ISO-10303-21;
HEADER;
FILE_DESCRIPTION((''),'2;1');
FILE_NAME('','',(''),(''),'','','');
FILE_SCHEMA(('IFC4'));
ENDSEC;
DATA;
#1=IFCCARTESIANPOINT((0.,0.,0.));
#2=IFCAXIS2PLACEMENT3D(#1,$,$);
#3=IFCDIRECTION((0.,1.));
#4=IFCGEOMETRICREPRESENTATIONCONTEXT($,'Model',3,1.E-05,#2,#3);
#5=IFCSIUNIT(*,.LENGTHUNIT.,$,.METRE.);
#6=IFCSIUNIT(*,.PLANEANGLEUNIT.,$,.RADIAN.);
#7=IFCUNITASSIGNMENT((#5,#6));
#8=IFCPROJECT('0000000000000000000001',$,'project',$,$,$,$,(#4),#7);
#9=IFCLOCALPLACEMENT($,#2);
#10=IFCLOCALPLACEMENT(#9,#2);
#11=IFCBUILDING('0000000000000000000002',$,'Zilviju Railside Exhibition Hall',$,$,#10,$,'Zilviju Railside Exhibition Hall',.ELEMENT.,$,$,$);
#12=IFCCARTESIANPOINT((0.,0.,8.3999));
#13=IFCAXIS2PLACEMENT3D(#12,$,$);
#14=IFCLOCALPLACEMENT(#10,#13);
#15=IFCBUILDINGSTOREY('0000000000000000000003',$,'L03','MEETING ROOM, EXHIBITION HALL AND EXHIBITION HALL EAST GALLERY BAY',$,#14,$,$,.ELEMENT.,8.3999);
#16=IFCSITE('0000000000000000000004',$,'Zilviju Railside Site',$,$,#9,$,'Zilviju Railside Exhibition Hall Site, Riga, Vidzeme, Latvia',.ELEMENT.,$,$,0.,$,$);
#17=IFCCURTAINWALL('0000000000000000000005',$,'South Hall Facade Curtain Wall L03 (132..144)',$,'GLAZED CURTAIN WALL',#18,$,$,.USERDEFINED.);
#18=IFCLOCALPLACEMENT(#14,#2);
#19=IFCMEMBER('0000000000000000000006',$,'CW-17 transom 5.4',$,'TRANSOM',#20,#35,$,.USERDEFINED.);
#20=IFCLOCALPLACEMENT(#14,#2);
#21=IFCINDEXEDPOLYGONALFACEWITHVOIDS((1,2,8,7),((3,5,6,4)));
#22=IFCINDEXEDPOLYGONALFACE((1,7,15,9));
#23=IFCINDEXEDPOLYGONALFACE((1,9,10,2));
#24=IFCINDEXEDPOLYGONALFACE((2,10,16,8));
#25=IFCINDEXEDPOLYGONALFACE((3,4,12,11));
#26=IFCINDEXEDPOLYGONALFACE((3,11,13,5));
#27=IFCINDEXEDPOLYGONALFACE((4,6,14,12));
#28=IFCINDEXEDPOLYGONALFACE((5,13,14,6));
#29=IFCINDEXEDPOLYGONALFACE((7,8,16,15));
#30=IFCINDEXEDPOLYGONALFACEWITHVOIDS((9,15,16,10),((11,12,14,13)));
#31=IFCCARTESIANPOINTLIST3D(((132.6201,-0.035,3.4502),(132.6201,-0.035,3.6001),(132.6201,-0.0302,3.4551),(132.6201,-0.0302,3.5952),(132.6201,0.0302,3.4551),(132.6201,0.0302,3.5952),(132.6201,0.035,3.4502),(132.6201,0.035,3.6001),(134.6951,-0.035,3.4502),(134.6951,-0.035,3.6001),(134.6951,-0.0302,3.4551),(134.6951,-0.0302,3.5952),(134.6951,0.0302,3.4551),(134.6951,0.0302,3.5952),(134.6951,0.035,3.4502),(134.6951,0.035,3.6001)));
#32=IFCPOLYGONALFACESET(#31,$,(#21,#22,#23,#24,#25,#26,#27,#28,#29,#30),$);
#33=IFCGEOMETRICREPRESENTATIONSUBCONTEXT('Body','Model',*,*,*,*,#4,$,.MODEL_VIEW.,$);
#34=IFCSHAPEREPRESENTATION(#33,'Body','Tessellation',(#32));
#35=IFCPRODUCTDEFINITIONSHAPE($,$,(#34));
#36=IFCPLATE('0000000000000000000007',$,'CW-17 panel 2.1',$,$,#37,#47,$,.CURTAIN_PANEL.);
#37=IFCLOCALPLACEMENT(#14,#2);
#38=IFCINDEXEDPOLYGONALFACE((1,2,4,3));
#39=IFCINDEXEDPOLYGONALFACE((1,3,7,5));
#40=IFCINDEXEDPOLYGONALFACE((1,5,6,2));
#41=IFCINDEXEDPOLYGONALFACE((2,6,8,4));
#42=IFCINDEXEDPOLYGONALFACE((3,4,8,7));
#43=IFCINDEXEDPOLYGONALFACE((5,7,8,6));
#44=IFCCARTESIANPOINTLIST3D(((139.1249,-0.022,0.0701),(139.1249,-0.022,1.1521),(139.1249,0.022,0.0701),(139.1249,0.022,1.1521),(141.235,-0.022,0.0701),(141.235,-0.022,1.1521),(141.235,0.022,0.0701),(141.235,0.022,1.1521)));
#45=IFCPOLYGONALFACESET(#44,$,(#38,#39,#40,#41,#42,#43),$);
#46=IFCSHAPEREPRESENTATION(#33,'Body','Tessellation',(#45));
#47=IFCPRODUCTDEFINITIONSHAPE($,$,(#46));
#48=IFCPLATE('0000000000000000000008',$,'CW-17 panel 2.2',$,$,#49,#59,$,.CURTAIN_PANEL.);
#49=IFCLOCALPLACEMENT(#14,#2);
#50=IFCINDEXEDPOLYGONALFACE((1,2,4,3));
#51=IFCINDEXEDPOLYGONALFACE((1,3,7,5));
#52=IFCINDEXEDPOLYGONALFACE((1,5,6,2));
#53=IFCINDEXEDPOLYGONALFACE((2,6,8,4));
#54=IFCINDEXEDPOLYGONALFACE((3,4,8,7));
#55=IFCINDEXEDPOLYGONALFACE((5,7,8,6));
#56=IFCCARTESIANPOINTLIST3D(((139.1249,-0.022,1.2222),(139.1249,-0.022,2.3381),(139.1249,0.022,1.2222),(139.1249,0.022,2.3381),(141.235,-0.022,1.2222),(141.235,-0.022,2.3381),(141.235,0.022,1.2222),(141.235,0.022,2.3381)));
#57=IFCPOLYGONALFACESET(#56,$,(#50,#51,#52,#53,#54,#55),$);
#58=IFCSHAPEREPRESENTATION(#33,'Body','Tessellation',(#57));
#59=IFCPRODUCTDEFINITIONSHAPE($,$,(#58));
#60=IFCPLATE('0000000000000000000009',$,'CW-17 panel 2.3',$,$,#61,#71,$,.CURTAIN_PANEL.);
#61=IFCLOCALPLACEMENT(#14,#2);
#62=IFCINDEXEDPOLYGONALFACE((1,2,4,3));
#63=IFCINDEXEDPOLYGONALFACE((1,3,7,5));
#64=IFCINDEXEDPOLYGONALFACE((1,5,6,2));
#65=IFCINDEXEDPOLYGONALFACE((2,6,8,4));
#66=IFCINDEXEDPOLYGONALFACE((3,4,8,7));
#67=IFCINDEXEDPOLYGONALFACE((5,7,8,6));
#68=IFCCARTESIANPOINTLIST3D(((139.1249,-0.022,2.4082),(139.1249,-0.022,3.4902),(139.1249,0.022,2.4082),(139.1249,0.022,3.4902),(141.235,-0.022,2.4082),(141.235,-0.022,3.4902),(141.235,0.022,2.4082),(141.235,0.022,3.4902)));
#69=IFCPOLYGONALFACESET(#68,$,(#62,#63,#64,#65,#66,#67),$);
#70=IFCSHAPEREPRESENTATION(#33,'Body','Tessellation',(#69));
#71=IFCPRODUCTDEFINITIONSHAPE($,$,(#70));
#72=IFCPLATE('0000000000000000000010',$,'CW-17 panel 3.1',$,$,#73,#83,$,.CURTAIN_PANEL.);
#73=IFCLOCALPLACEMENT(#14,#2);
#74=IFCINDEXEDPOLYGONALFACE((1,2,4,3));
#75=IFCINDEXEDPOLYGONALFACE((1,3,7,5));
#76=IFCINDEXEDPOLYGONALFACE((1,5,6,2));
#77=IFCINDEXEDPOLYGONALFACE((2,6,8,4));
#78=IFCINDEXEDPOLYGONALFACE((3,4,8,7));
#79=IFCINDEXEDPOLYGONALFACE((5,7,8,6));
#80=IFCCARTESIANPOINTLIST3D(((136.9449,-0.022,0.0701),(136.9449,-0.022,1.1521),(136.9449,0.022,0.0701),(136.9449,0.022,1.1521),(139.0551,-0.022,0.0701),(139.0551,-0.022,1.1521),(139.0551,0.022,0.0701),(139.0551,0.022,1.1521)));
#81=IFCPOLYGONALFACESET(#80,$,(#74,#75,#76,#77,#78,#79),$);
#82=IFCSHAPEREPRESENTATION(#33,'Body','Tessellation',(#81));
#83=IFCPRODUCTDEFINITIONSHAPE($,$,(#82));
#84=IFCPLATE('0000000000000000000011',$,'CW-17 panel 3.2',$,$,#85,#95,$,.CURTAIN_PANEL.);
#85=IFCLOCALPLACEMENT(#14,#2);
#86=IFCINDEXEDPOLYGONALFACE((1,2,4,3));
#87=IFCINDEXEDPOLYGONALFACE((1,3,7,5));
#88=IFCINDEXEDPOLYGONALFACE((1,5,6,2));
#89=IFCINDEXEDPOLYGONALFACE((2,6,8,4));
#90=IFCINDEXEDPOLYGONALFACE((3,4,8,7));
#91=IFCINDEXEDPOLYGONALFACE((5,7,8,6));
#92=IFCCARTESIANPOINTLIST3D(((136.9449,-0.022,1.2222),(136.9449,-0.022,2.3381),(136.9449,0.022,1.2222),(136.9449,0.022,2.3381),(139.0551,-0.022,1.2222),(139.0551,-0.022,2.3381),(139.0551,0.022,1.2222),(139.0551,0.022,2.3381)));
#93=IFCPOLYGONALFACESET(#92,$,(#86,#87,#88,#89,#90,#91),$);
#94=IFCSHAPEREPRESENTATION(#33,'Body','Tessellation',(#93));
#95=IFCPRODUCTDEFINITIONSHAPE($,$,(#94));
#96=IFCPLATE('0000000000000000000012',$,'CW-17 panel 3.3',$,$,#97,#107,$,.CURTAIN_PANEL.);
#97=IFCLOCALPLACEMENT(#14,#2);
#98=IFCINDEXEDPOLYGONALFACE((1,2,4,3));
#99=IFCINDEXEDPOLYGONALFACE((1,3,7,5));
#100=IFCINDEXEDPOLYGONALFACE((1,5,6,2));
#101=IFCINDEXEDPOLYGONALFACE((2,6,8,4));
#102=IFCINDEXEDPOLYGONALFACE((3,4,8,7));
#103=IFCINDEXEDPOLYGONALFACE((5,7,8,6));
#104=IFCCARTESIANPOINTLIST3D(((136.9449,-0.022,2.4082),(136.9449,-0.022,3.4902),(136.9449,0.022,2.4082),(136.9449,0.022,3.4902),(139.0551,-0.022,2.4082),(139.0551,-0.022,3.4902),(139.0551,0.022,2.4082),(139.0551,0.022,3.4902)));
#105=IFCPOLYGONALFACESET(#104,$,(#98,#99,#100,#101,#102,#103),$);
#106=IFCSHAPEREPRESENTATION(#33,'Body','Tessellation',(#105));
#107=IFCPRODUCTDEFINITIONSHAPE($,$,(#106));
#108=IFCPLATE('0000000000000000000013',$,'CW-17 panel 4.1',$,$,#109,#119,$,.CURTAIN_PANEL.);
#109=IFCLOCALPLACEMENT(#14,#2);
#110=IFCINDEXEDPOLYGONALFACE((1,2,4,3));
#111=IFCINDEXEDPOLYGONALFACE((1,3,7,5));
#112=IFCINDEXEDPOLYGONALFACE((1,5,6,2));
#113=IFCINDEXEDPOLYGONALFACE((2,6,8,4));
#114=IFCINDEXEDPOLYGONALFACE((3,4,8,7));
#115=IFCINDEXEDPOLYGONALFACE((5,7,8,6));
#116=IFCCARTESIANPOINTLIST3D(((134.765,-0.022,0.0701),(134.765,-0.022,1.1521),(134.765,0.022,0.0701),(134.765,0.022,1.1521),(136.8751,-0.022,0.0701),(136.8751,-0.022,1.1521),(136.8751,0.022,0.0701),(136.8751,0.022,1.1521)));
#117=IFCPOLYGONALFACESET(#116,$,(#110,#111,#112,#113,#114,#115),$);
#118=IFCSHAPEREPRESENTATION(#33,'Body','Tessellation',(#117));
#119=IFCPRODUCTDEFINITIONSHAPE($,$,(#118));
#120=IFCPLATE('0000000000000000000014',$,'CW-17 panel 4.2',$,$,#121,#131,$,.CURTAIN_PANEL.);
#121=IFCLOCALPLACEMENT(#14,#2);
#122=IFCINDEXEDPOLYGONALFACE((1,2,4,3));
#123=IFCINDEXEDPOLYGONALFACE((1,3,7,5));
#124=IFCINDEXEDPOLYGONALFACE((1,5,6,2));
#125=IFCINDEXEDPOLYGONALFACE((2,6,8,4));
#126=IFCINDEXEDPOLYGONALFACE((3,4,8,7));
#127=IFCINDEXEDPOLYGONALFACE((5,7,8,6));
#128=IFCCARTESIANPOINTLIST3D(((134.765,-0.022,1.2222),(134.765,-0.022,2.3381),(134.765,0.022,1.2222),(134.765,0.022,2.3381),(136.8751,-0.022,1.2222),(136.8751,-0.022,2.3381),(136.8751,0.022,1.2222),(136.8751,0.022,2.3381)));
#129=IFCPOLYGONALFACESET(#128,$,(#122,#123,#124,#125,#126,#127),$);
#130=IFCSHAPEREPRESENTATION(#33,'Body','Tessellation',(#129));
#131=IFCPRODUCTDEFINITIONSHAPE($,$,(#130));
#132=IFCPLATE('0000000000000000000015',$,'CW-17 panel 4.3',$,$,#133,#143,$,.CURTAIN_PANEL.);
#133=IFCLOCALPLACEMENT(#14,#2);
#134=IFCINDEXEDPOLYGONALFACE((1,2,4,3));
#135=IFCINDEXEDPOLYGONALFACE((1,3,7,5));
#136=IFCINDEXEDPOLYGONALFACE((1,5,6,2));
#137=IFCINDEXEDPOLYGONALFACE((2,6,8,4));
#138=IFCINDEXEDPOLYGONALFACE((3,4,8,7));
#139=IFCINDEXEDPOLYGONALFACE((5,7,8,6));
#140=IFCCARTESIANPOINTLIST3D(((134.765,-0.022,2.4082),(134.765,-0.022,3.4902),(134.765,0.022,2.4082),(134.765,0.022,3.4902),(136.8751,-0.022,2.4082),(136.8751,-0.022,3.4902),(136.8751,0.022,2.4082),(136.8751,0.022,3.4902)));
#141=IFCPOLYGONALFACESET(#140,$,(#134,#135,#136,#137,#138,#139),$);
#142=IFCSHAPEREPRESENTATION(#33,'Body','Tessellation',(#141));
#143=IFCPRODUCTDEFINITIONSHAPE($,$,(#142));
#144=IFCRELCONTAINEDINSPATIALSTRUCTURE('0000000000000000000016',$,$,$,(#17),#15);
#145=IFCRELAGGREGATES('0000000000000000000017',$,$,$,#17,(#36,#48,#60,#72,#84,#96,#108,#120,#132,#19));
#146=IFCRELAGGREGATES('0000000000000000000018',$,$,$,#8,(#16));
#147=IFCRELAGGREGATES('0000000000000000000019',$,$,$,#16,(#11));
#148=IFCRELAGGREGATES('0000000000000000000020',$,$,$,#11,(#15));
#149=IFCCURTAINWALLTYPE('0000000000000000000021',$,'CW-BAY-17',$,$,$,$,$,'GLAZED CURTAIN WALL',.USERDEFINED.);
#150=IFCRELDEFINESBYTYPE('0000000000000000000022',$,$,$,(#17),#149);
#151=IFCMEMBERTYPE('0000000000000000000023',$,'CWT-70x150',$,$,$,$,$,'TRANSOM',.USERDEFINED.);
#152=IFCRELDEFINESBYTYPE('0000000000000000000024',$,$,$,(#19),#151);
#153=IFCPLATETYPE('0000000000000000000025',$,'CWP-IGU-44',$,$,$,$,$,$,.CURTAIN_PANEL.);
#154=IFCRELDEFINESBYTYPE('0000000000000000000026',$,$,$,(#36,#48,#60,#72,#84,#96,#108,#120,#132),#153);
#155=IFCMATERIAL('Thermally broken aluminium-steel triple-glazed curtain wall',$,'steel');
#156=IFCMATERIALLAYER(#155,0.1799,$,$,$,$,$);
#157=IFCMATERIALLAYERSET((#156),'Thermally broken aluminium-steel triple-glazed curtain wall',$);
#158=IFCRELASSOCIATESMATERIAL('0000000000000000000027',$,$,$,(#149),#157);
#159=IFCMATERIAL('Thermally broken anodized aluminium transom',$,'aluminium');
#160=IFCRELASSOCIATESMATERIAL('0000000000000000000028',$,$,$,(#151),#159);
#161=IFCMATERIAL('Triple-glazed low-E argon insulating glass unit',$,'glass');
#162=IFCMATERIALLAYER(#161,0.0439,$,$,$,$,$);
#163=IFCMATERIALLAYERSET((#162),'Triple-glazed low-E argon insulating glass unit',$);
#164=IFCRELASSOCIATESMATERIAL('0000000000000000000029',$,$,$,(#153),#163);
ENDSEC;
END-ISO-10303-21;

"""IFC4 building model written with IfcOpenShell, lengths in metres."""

from ifc_helpers import new_model, si_unit, direction, frame, origin, origin_2d, place, context, subcontext, project, spatial, rectangle, hollow_rectangle, extrude, material, layer, layer_set, material_profile, profile_set, type_object, element, aggregate, save


model = new_model("IFC4")

# Units and contexts
model_context = context("Model", 3, precision=1e-05, world=origin(), true_north=direction((0.0, 1.0)))
body_context = subcontext(model_context, "Body", "Model", "MODEL_VIEW")
ifc_project = project(units=[si_unit("LENGTHUNIT", "METRE"), si_unit("PLANEANGLEUNIT", "RADIAN")], contexts=[model_context])

# Site, building, storey
site_placement = place(None, origin())
site = spatial("IfcSite", under=ifc_project, at=site_placement, Name="Zilviju Railside Site", LongName="Zilviju Railside Exhibition Hall Site, Riga, Vidzeme, Latvia", CompositionType="ELEMENT", RefElevation=0.0)
building_placement = place(site_placement, origin())
building = spatial("IfcBuilding", under=site, at=building_placement, Name="Zilviju Railside Exhibition Hall", LongName="Zilviju Railside Exhibition Hall", CompositionType="ELEMENT")
storey_placement = place(building_placement, frame((0.0, 0.0, 8.3999)))
storey = spatial("IfcBuildingStorey", under=building, at=storey_placement, Name="L03", Description="MEETING ROOM, EXHIBITION HALL AND EXHIBITION HALL EAST GALLERY BAY", CompositionType="ELEMENT", Elevation=8.3999)

# Curtain wall, member, plates
ifc_material_1 = material(Name="Thermally broken aluminium-steel triple-glazed curtain wall", Category="steel")
ifc_layer_1 = layer(ifc_material_1, 0.1799)
ifc_layer_set_1 = layer_set([ifc_layer_1], Name="Thermally broken aluminium-steel triple-glazed curtain wall")
curtain_wall_type = type_object("IfcCurtainWallType", Name="CW-BAY-17", ElementType="GLAZED CURTAIN WALL", PredefinedType="USERDEFINED", material=ifc_layer_set_1)
curtain_wall_placement = place(storey_placement, origin())
curtain_wall = element("IfcCurtainWall", 1, at=curtain_wall_placement, inside=storey, type_object=curtain_wall_type, Name="South Hall Facade Curtain Wall L03 (132..144)", ObjectType="GLAZED CURTAIN WALL", PredefinedType="USERDEFINED")
ifc_material_2 = material(Name="Thermally broken anodized aluminium transom", Category="aluminium")
ifc_material_profile_1 = material_profile(ifc_material_2, hollow_rectangle(XDim=0.0701, YDim=0.1499, WallThickness=0.0049, at=origin_2d()), Name="TRANSOM 150x70x5")
ifc_profile_set_1 = profile_set([ifc_material_profile_1], Name="Thermally broken anodized aluminium transom")
member_type_1 = type_object("IfcMemberType", Name="CWT-70x150", ElementType="TRANSOM", PredefinedType="USERDEFINED", material=ifc_profile_set_1)
member_1_placement = place(storey_placement, frame((134.6951, 0.0, 3.5251), z_axis=(-1.0, 0.0, 0.0), x_axis=(0.0, -1.0, 0.0)))
member_1 = element("IfcMember", 2, at=member_1_placement, type_object=member_type_1, Name="CW-17 transom 5.4", ObjectType="TRANSOM", PredefinedType="USERDEFINED", context=body_context, shape_type="SweptSolid", body=[
    extrude(hollow_rectangle(XDim=0.0701, YDim=0.1499, WallThickness=0.0049, at=origin_2d()), origin(), (0.0, 0.0, 1.0), 2.075),
])
ifc_material_3 = material(Name="Triple-glazed low-E argon insulating glass unit", Category="glass")
ifc_layer_2 = layer(ifc_material_3, 0.0439)
ifc_layer_set_2 = layer_set([ifc_layer_2], Name="Triple-glazed low-E argon insulating glass unit")
plate_type = type_object("IfcPlateType", Name="CWP-IGU-44", PredefinedType="CURTAIN_PANEL", material=ifc_layer_set_2)
plate_1_placement = place(storey_placement, frame((140.1799, 0.0, 0.0701), z_axis=(0.0, 0.0, 1.0), x_axis=(-1.0, 0.0, 0.0)))
plate_1 = element("IfcPlate", 3, at=plate_1_placement, type_object=plate_type, Name="CW-17 panel 2.1", PredefinedType="CURTAIN_PANEL", context=body_context, shape_type="SweptSolid", body=[
    extrude(rectangle(XDim=2.1101, YDim=0.0439, at=origin_2d()), origin(), (0.0, 0.0, 1.0), 1.082),
])
plate_2_placement = place(storey_placement, frame((140.1799, 0.0, 1.2222), z_axis=(0.0, 0.0, 1.0), x_axis=(-1.0, 0.0, 0.0)))
plate_2 = element("IfcPlate", 4, at=plate_2_placement, type_object=plate_type, Name="CW-17 panel 2.2", PredefinedType="CURTAIN_PANEL", context=body_context, shape_type="SweptSolid", body=[
    extrude(rectangle(XDim=2.1101, YDim=0.0439, at=origin_2d()), origin(), (0.0, 0.0, 1.0), 1.116),
])
plate_3_placement = place(storey_placement, frame((140.1799, 0.0, 2.4082), z_axis=(0.0, 0.0, 1.0), x_axis=(-1.0, 0.0, 0.0)))
plate_3 = element("IfcPlate", 5, at=plate_3_placement, type_object=plate_type, Name="CW-17 panel 2.3", PredefinedType="CURTAIN_PANEL", context=body_context, shape_type="SweptSolid", body=[
    extrude(rectangle(XDim=2.1101, YDim=0.0439, at=origin_2d()), origin(), (0.0, 0.0, 1.0), 1.082),
])
plate_4_placement = place(storey_placement, frame((138.0, 0.0, 0.0701), z_axis=(0.0, 0.0, 1.0), x_axis=(-1.0, 0.0, 0.0)))
plate_4 = element("IfcPlate", 6, at=plate_4_placement, type_object=plate_type, Name="CW-17 panel 3.1", PredefinedType="CURTAIN_PANEL", context=body_context, shape_type="SweptSolid", body=[
    extrude(rectangle(XDim=2.1101, YDim=0.0439, at=origin_2d()), origin(), (0.0, 0.0, 1.0), 1.082),
])
plate_5_placement = place(storey_placement, frame((138.0, 0.0, 1.2222), z_axis=(0.0, 0.0, 1.0), x_axis=(-1.0, 0.0, 0.0)))
plate_5 = element("IfcPlate", 7, at=plate_5_placement, type_object=plate_type, Name="CW-17 panel 3.2", PredefinedType="CURTAIN_PANEL", context=body_context, shape_type="SweptSolid", body=[
    extrude(rectangle(XDim=2.1101, YDim=0.0439, at=origin_2d()), origin(), (0.0, 0.0, 1.0), 1.116),
])
plate_6_placement = place(storey_placement, frame((138.0, 0.0, 2.4082), z_axis=(0.0, 0.0, 1.0), x_axis=(-1.0, 0.0, 0.0)))
plate_6 = element("IfcPlate", 8, at=plate_6_placement, type_object=plate_type, Name="CW-17 panel 3.3", PredefinedType="CURTAIN_PANEL", context=body_context, shape_type="SweptSolid", body=[
    extrude(rectangle(XDim=2.1101, YDim=0.0439, at=origin_2d()), origin(), (0.0, 0.0, 1.0), 1.082),
])
plate_7_placement = place(storey_placement, frame((135.8201, 0.0, 0.0701), z_axis=(0.0, 0.0, 1.0), x_axis=(-1.0, 0.0, 0.0)))
plate_7 = element("IfcPlate", 9, at=plate_7_placement, type_object=plate_type, Name="CW-17 panel 4.1", PredefinedType="CURTAIN_PANEL", context=body_context, shape_type="SweptSolid", body=[
    extrude(rectangle(XDim=2.1101, YDim=0.0439, at=origin_2d()), origin(), (0.0, 0.0, 1.0), 1.082),
])
plate_8_placement = place(storey_placement, frame((135.8201, 0.0, 1.2222), z_axis=(0.0, 0.0, 1.0), x_axis=(-1.0, 0.0, 0.0)))
plate_8 = element("IfcPlate", 10, at=plate_8_placement, type_object=plate_type, Name="CW-17 panel 4.2", PredefinedType="CURTAIN_PANEL", context=body_context, shape_type="SweptSolid", body=[
    extrude(rectangle(XDim=2.1101, YDim=0.0439, at=origin_2d()), origin(), (0.0, 0.0, 1.0), 1.116),
])
plate_9_placement = place(storey_placement, frame((135.8201, 0.0, 2.4082), z_axis=(0.0, 0.0, 1.0), x_axis=(-1.0, 0.0, 0.0)))
plate_9 = element("IfcPlate", 11, at=plate_9_placement, type_object=plate_type, Name="CW-17 panel 4.3", PredefinedType="CURTAIN_PANEL", context=body_context, shape_type="SweptSolid", body=[
    extrude(rectangle(XDim=2.1101, YDim=0.0439, at=origin_2d()), origin(), (0.0, 0.0, 1.0), 1.082),
])
aggregate(curtain_wall, [plate_1, plate_2, plate_3, plate_4, plate_5, plate_6, plate_7, plate_8, plate_9, member_1])

save(model, "model.ifc")
